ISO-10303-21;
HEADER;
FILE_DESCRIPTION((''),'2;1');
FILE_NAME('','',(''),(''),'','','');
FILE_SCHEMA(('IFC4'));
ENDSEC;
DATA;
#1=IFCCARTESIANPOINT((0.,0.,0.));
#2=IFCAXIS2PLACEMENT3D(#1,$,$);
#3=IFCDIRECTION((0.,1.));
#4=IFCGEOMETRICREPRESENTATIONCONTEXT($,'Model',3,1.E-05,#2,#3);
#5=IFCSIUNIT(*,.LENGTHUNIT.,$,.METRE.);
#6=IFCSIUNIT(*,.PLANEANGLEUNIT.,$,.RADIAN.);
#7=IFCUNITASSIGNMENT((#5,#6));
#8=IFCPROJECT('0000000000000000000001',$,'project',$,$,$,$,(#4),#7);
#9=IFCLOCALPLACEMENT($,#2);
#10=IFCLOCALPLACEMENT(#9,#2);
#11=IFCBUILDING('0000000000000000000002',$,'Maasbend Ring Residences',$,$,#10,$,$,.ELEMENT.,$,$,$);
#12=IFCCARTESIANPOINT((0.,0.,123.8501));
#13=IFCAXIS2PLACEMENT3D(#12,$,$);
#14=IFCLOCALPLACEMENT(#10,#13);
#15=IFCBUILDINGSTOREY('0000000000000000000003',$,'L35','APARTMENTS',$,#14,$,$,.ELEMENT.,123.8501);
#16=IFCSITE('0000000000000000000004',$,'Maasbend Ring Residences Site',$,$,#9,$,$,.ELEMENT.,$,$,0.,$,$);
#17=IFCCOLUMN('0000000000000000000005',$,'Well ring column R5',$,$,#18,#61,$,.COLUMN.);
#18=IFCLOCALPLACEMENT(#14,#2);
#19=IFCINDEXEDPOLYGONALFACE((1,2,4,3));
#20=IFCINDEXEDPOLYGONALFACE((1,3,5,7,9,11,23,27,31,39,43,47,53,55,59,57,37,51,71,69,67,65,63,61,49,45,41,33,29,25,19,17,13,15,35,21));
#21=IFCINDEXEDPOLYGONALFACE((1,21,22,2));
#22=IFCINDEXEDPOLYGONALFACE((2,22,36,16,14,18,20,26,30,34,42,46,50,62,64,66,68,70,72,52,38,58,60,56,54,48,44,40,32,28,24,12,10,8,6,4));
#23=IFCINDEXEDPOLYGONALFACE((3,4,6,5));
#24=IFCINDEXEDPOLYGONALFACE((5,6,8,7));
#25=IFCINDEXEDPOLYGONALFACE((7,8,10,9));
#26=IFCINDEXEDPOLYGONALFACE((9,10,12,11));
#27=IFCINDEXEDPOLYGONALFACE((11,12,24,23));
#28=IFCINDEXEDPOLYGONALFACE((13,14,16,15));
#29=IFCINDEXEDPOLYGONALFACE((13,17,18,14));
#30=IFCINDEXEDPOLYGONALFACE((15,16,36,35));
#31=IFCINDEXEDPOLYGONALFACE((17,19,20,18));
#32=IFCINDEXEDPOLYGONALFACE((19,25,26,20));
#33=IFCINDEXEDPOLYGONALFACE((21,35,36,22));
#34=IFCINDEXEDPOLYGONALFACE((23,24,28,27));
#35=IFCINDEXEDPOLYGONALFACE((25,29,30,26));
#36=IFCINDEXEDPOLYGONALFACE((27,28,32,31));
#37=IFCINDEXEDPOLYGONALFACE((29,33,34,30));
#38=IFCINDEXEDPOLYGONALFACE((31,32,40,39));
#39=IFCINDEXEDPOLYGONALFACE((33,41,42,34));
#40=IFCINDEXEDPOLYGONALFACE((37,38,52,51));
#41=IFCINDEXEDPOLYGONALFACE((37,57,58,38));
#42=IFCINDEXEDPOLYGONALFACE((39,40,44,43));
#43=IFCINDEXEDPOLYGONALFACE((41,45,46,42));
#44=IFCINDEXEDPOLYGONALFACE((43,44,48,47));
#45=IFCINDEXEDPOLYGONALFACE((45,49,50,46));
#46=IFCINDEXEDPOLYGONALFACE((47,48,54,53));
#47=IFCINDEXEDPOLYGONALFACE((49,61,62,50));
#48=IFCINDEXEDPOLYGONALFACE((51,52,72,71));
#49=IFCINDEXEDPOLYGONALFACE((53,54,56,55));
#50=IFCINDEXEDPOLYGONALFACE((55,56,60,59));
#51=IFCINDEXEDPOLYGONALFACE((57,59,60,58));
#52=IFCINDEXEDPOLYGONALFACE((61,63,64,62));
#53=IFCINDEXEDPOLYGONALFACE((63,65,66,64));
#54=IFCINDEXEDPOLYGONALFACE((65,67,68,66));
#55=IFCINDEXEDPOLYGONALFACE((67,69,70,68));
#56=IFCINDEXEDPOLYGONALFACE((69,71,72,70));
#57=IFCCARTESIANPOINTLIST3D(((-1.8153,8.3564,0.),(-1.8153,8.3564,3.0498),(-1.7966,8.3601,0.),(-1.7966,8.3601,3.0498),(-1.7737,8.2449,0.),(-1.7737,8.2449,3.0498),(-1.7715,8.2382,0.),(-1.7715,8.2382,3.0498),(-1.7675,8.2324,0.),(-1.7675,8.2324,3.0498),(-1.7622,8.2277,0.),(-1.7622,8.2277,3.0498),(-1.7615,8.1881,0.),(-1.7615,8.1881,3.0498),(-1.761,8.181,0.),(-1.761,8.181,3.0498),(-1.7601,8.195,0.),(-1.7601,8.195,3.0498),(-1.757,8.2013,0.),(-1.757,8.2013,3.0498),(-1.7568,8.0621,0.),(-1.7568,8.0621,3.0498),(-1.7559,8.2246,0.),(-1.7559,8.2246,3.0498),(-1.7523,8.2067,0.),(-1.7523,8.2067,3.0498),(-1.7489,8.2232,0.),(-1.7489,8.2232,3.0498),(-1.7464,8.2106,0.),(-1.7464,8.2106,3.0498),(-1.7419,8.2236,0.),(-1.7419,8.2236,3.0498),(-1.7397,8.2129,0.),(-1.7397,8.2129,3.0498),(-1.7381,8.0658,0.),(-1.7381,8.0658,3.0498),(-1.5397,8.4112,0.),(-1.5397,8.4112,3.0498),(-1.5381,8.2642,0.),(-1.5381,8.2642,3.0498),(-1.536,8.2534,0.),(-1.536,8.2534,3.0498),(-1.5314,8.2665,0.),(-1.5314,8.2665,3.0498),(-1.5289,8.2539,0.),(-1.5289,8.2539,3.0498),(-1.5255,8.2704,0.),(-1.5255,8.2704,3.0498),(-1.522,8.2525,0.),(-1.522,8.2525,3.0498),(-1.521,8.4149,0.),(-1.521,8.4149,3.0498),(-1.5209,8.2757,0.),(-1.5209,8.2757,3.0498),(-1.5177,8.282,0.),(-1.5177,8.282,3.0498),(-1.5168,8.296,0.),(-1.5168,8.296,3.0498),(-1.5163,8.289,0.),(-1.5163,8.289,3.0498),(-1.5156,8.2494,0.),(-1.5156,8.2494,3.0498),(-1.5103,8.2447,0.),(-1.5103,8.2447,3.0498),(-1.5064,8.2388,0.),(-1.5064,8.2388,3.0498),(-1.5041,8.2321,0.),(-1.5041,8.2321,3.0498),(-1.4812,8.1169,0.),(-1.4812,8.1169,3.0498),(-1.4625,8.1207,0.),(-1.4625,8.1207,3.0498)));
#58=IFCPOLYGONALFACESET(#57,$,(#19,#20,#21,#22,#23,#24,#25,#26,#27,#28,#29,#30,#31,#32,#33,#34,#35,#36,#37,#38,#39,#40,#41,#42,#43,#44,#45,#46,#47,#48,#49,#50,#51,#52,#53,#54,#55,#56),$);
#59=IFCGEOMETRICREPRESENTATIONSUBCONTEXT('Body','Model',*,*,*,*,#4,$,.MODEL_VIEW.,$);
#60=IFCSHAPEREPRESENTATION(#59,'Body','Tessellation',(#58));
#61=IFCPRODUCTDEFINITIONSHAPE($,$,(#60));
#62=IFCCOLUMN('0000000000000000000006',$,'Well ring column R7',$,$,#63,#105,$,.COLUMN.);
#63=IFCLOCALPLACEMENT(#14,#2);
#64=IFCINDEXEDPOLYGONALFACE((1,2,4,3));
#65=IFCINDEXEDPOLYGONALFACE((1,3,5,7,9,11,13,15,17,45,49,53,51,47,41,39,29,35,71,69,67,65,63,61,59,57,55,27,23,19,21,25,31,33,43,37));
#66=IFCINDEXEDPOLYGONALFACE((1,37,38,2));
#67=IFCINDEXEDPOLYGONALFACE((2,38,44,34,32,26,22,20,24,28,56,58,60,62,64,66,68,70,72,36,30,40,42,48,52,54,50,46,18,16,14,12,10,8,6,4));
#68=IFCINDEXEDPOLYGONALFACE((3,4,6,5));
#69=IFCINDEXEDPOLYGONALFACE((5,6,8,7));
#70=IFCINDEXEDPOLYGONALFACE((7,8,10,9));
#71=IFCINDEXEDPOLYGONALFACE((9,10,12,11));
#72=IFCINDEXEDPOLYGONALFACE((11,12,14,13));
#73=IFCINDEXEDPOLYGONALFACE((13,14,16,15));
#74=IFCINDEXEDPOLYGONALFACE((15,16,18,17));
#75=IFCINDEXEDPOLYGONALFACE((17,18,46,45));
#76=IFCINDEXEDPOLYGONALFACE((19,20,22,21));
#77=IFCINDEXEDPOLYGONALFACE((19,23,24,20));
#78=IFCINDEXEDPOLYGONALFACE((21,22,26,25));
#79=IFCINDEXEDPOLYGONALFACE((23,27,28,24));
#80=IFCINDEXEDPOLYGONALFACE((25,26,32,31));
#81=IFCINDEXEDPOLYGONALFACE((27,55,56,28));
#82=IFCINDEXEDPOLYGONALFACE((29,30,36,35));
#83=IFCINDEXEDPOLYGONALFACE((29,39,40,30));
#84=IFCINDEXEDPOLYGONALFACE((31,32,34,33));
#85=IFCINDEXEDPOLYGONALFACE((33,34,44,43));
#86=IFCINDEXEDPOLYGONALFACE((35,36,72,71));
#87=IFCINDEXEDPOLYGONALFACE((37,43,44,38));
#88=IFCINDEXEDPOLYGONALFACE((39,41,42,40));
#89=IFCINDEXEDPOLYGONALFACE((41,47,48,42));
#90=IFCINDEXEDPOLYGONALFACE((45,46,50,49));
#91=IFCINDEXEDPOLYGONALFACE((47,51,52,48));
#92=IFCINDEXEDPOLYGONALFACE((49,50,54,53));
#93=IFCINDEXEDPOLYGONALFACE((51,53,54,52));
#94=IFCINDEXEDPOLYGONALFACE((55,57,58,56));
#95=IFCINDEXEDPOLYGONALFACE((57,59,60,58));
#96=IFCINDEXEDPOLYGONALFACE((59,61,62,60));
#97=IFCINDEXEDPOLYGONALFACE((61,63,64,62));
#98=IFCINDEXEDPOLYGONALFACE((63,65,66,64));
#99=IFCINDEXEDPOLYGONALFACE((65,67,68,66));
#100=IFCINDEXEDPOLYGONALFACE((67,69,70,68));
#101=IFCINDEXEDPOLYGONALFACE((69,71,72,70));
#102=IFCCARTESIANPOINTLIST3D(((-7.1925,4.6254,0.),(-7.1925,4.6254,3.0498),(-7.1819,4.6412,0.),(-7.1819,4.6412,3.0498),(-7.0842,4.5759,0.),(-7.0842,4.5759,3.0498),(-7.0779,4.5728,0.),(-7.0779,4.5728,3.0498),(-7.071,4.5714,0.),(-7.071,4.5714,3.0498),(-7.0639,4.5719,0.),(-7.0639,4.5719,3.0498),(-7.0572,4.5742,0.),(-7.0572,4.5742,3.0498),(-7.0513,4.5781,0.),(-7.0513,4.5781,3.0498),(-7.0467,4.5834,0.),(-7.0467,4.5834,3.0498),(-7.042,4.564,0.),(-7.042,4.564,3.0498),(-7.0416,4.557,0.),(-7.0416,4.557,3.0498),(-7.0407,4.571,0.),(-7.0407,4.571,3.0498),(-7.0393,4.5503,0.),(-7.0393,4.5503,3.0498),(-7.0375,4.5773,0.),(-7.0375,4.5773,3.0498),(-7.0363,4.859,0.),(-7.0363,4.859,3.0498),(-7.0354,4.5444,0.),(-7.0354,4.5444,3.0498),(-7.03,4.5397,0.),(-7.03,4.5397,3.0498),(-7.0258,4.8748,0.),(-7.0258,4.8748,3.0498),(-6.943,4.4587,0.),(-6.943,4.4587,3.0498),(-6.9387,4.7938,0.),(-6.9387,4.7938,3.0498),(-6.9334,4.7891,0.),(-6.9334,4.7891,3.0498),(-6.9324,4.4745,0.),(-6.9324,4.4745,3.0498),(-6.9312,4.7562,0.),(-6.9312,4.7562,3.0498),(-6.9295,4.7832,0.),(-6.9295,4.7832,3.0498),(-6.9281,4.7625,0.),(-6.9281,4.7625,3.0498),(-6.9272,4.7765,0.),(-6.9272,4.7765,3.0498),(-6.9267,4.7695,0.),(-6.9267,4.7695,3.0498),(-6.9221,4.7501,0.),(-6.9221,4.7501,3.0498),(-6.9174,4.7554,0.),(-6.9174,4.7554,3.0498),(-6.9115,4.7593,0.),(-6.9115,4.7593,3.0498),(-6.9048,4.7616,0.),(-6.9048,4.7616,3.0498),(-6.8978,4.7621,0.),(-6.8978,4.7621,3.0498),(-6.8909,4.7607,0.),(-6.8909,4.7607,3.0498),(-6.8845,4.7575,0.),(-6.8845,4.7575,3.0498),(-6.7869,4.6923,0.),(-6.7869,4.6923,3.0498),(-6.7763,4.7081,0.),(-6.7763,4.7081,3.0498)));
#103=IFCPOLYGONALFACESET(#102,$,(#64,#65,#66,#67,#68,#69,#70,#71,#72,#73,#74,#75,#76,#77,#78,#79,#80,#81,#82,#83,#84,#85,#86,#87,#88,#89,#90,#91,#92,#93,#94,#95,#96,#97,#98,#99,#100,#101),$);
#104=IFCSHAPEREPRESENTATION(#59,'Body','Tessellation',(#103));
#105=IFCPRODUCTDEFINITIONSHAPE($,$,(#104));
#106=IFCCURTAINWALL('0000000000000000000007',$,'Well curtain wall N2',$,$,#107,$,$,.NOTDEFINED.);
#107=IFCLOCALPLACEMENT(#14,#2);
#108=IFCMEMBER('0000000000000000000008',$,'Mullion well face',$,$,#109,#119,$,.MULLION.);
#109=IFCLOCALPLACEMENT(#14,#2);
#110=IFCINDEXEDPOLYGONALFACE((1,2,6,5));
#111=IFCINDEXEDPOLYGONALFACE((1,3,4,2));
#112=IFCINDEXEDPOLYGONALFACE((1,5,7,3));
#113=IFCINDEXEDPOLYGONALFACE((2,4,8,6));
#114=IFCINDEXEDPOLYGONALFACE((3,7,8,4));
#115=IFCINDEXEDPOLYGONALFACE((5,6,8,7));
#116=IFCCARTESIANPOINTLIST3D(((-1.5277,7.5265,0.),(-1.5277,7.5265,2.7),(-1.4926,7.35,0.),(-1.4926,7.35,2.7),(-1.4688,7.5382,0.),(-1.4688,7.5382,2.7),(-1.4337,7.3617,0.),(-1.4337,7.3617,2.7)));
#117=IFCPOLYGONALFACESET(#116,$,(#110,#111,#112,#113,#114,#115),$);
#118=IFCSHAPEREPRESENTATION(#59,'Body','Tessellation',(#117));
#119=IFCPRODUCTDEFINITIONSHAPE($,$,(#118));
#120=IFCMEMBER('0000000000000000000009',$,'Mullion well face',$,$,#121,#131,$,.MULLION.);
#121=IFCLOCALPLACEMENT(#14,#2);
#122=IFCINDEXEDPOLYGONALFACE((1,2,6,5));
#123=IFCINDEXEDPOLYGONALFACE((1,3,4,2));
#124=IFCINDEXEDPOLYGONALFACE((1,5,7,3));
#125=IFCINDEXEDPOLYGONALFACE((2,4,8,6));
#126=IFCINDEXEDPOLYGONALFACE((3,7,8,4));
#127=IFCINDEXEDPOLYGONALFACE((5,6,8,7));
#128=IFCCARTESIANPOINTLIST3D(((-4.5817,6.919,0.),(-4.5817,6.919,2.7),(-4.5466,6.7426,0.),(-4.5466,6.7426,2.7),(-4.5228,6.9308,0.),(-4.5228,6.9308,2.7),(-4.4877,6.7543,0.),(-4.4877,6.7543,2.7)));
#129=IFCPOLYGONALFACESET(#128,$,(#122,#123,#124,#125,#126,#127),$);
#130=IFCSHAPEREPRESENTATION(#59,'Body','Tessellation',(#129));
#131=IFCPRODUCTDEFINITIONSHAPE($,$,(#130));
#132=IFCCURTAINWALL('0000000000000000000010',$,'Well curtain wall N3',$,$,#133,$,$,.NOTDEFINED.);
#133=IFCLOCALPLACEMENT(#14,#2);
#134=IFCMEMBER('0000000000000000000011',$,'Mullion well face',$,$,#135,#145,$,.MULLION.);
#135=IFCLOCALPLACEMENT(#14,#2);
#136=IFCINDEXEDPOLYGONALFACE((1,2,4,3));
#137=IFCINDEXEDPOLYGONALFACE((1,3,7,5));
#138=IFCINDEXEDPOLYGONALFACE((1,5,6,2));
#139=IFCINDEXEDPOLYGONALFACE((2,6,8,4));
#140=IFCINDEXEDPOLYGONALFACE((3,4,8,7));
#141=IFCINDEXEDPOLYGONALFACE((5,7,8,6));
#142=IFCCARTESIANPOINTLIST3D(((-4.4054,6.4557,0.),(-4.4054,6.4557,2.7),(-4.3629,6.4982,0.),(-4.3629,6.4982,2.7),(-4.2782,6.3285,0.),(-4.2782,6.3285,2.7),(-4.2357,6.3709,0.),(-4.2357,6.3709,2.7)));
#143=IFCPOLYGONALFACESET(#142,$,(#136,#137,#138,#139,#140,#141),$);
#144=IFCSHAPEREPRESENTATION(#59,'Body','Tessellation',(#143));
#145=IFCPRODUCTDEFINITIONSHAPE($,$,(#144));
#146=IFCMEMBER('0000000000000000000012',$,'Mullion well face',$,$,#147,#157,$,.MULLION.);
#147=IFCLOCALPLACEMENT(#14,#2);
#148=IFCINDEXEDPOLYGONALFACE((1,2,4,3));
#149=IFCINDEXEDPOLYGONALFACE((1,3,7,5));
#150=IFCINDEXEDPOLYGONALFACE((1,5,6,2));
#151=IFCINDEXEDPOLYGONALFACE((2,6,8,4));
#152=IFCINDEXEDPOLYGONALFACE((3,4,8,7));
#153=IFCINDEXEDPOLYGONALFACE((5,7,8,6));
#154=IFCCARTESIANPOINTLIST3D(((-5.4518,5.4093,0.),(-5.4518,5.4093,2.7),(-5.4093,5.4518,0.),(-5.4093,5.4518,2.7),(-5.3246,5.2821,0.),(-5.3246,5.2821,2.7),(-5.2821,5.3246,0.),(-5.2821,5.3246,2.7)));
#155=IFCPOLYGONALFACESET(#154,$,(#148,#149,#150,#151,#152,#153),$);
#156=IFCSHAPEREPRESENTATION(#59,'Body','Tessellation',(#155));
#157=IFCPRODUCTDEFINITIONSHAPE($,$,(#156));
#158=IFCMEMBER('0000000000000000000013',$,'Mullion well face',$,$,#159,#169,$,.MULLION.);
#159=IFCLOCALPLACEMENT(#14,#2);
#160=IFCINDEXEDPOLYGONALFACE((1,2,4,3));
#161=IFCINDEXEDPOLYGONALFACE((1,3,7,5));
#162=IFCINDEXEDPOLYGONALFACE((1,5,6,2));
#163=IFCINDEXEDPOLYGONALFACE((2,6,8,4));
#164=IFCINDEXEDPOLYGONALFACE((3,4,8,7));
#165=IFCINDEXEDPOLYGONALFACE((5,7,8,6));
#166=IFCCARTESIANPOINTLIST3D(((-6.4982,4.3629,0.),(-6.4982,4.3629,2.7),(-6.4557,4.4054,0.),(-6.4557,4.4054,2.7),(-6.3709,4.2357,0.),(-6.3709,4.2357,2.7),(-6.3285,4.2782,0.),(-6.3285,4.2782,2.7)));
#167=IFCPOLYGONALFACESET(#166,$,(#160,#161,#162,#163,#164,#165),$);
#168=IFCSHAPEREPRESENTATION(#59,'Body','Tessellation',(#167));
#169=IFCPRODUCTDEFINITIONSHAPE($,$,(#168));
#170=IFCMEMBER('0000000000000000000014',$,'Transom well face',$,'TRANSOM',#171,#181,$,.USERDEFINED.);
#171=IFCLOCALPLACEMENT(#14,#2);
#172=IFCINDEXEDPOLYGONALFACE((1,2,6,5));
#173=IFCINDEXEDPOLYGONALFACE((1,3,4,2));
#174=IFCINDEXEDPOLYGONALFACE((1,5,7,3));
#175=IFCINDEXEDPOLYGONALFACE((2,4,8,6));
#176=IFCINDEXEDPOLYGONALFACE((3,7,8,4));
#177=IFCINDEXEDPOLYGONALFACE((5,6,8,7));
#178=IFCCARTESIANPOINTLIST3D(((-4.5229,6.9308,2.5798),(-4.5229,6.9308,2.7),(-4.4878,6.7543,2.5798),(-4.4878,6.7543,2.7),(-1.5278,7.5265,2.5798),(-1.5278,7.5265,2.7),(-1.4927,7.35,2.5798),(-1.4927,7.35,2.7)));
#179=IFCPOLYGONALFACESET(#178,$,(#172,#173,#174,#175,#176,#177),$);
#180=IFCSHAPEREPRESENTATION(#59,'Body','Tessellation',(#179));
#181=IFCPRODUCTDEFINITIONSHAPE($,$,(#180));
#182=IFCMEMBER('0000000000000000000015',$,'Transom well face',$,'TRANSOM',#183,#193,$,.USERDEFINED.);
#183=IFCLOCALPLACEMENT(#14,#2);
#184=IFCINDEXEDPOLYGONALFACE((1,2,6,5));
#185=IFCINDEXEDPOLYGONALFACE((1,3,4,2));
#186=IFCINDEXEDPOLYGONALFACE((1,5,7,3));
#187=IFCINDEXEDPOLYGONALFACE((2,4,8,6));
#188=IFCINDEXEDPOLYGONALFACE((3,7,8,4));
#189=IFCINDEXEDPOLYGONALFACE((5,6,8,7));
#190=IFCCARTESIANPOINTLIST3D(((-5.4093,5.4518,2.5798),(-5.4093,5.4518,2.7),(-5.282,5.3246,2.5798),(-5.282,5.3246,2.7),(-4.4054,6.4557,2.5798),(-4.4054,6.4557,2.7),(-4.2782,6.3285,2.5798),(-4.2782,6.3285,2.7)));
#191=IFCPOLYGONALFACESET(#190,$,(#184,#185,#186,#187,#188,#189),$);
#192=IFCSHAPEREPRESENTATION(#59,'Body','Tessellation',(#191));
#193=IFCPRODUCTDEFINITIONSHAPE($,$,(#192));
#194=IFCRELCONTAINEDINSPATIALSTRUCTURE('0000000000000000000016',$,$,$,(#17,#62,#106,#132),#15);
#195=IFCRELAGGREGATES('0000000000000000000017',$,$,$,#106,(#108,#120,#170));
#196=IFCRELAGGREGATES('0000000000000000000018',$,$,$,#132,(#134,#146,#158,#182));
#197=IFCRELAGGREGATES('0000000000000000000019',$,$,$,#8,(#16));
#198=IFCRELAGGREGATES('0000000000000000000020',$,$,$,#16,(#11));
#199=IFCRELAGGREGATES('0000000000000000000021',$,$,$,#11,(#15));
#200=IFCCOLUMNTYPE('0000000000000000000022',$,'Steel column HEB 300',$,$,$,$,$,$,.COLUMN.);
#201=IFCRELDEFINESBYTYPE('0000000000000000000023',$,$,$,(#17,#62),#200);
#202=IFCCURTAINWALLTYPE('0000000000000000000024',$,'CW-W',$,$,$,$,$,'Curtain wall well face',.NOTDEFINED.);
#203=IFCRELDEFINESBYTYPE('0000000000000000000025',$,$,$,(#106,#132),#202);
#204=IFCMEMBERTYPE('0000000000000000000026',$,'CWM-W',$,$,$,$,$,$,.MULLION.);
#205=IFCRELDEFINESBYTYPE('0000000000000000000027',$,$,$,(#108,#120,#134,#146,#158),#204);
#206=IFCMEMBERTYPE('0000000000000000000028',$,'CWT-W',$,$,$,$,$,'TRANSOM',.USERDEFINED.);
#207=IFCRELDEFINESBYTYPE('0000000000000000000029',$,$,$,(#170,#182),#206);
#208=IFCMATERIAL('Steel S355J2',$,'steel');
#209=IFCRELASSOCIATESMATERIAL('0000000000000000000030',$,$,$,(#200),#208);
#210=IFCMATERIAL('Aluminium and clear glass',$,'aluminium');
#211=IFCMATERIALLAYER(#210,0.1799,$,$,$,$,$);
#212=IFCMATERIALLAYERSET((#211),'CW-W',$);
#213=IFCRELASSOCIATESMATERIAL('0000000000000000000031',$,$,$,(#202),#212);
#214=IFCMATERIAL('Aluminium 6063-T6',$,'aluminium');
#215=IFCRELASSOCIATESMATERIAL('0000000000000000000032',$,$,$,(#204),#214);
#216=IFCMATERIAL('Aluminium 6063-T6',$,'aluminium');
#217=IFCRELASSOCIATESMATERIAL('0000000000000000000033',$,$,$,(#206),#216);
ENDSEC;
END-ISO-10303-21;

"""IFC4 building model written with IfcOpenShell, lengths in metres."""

from ifc_helpers import new_model, si_unit, direction, frame, origin, origin_2d, place, context, subcontext, project, spatial, rectangle, i_section, extrude, material, layer, layer_set, material_profile, profile_set, type_object, element, aggregate, save


model = new_model("IFC4")

# Units and contexts
model_context = context("Model", 3, precision=1e-05, world=origin(), true_north=direction((0.0, 1.0)))
body_context = subcontext(model_context, "Body", "Model", "MODEL_VIEW")
ifc_project = project(units=[si_unit("LENGTHUNIT", "METRE"), si_unit("PLANEANGLEUNIT", "RADIAN")], contexts=[model_context])

# Site, building, storey
site_placement = place(None, origin())
site = spatial("IfcSite", under=ifc_project, at=site_placement, Name="Maasbend Ring Residences Site", CompositionType="ELEMENT", RefElevation=0.0)
building_placement = place(site_placement, origin())
building = spatial("IfcBuilding", under=site, at=building_placement, Name="Maasbend Ring Residences", CompositionType="ELEMENT")
storey_placement = place(building_placement, frame((0.0, 0.0, 123.8501)))
storey = spatial("IfcBuildingStorey", under=building, at=storey_placement, Name="L35", Description="APARTMENTS", CompositionType="ELEMENT", Elevation=123.8501)

# Columns
ifc_material_1 = material(Name="Steel S355J2", Category="steel")
ifc_material_profile_1 = material_profile(ifc_material_1, i_section(OverallWidth=0.3, OverallDepth=0.3, WebThickness=0.011, FlangeThickness=0.019, FilletRadius=0.0271, at=origin_2d()), Name="HEB 300")
ifc_profile_set_1 = profile_set([ifc_material_profile_1], Name="Steel S355J2")
column_type = type_object("IfcColumnType", Name="Steel column HEB 300", PredefinedType="COLUMN", material=ifc_profile_set_1)
for number, where, z_axis, x_axis, name in (
    (1, (-1.6389, 8.2385, 0.0), (0.0, 0.0, 1.0), (-0.19509, 0.980785, 0.0), "Well ring column R5"),
    (2, (-6.9844, 4.6667, 0.0), (0.0, 0.0, 1.0), (-0.83147, 0.55557, 0.0), "Well ring column R7"),
):
    element("IfcColumn", number, at=place(storey_placement, frame(where, z_axis=z_axis, x_axis=x_axis)), inside=storey, type_object=column_type, Name=name, PredefinedType="COLUMN", context=body_context, shape_type="SweptSolid", body=[
        extrude(i_section(OverallWidth=0.3, OverallDepth=0.3, WebThickness=0.011, FlangeThickness=0.019, FilletRadius=0.0271, at=origin_2d()), origin(), (0.0, 0.0, 1.0), 3.0498),
    ])

# Curtain walls, members
ifc_material_2 = material(Name="Aluminium and clear glass", Category="aluminium")
ifc_layer_1 = layer(ifc_material_2, 0.1799)
ifc_layer_set_1 = layer_set([ifc_layer_1], Name="CW-W")
curtain_wall_type = type_object("IfcCurtainWallType", Name="CW-W", ElementType="Curtain wall well face", PredefinedType="NOTDEFINED", material=ifc_layer_set_1)
curtain_wall_1_placement = place(storey_placement, origin())
curtain_wall_1 = element("IfcCurtainWall", 3, at=curtain_wall_1_placement, inside=storey, type_object=curtain_wall_type, Name="Well curtain wall N2", PredefinedType="NOTDEFINED")
ifc_material_3 = material(Name="Aluminium 6063-T6", Category="aluminium")
ifc_material_profile_2 = material_profile(ifc_material_3, rectangle(XDim=0.1799, YDim=0.0601, at=origin_2d()), Name="AL 180x60")
ifc_profile_set_2 = profile_set([ifc_material_profile_2], Name="Aluminium 6063-T6")
member_type_1 = type_object("IfcMemberType", Name="CWM-W", PredefinedType="MULLION", material=ifc_profile_set_2)
member_1_placement = place(storey_placement, frame((-1.4807, 7.4441, 0.0), z_axis=(0.0, 0.0, 1.0), x_axis=(0.19509, -0.980785, 0.0)))
member_1 = element("IfcMember", 4, at=member_1_placement, type_object=member_type_1, Name="Mullion well face", PredefinedType="MULLION", context=body_context, shape_type="SweptSolid", body=[
    extrude(rectangle(XDim=0.1799, YDim=0.0601, at=origin_2d()), origin(), (0.0, 0.0, 1.0), 2.7),
])
member_2_placement = place(storey_placement, frame((-4.5347, 6.8367, 0.0), z_axis=(0.0, 0.0, 1.0), x_axis=(0.19509, -0.980785, 0.0)))
member_2 = element("IfcMember", 5, at=member_2_placement, type_object=member_type_1, Name="Mullion well face", PredefinedType="MULLION", context=body_context, shape_type="SweptSolid", body=[
    extrude(rectangle(XDim=0.1799, YDim=0.0601, at=origin_2d()), origin(), (0.0, 0.0, 1.0), 2.7),
])
curtain_wall_2_placement = place(storey_placement, origin())
curtain_wall_2 = element("IfcCurtainWall", 6, at=curtain_wall_2_placement, inside=storey, type_object=curtain_wall_type, Name="Well curtain wall N3", PredefinedType="NOTDEFINED")
member_3_placement = place(storey_placement, frame((-4.3206, 6.4133, 0.0), z_axis=(0.0, 0.0, 1.0), x_axis=(0.707107, -0.707107, 0.0)))
member_3 = element("IfcMember", 7, at=member_3_placement, type_object=member_type_1, Name="Mullion well face", PredefinedType="MULLION", context=body_context, shape_type="SweptSolid", body=[
    extrude(rectangle(XDim=0.1799, YDim=0.0601, at=origin_2d()), origin(), (0.0, 0.0, 1.0), 2.7),
])
member_4_placement = place(storey_placement, frame((-5.3669, 5.3669, 0.0), z_axis=(0.0, 0.0, 1.0), x_axis=(0.707107, -0.707107, 0.0)))
member_4 = element("IfcMember", 8, at=member_4_placement, type_object=member_type_1, Name="Mullion well face", PredefinedType="MULLION", context=body_context, shape_type="SweptSolid", body=[
    extrude(rectangle(XDim=0.1799, YDim=0.0601, at=origin_2d()), origin(), (0.0, 0.0, 1.0), 2.7),
])
member_5_placement = place(storey_placement, frame((-6.4133, 4.3206, 0.0), z_axis=(0.0, 0.0, 1.0), x_axis=(0.707107, -0.707107, 0.0)))
member_5 = element("IfcMember", 9, at=member_5_placement, type_object=member_type_1, Name="Mullion well face", PredefinedType="MULLION", context=body_context, shape_type="SweptSolid", body=[
    extrude(rectangle(XDim=0.1799, YDim=0.0601, at=origin_2d()), origin(), (0.0, 0.0, 1.0), 2.7),
])

# Members
ifc_material_4 = material(Name="Aluminium 6063-T6", Category="aluminium")
ifc_material_profile_3 = material_profile(ifc_material_4, rectangle(XDim=0.1799, YDim=0.1201, at=origin_2d()), Name="AL 180x120")
ifc_profile_set_3 = profile_set([ifc_material_profile_3], Name="Aluminium 6063-T6")
member_type_2 = type_object("IfcMemberType", Name="CWT-W", ElementType="TRANSOM", PredefinedType="USERDEFINED", material=ifc_profile_set_3)
member_6_placement = place(storey_placement, frame((-1.5103, 7.4382, 2.6399), z_axis=(-0.980789, -0.195071, 0.0), x_axis=(0.195071, -0.980789, 0.0)))
member_6 = element("IfcMember", 10, at=member_6_placement, type_object=member_type_2, Name="Transom well face", ObjectType="TRANSOM", PredefinedType="USERDEFINED", context=body_context, shape_type="SweptSolid", body=[
    extrude(rectangle(XDim=0.1799, YDim=0.1201, at=origin_2d()), origin(), (0.0, 0.0, 1.0), 3.0537),
])
member_7_placement = place(storey_placement, frame((-4.3418, 6.3921, 2.6399), z_axis=(-0.707107, -0.707107, 0.0), x_axis=(0.707107, -0.707107, 0.0)))
member_7 = element("IfcMember", 11, at=member_7_placement, type_object=member_type_2, Name="Transom well face", ObjectType="TRANSOM", PredefinedType="USERDEFINED", context=body_context, shape_type="SweptSolid", body=[
    extrude(rectangle(XDim=0.1799, YDim=0.1201, at=origin_2d()), origin(), (0.0, 0.0, 1.0), 1.4197),
])

aggregate(curtain_wall_1, [member_1, member_2, member_6])
aggregate(curtain_wall_2, [member_3, member_4, member_5, member_7])

save(model, "model.ifc")
